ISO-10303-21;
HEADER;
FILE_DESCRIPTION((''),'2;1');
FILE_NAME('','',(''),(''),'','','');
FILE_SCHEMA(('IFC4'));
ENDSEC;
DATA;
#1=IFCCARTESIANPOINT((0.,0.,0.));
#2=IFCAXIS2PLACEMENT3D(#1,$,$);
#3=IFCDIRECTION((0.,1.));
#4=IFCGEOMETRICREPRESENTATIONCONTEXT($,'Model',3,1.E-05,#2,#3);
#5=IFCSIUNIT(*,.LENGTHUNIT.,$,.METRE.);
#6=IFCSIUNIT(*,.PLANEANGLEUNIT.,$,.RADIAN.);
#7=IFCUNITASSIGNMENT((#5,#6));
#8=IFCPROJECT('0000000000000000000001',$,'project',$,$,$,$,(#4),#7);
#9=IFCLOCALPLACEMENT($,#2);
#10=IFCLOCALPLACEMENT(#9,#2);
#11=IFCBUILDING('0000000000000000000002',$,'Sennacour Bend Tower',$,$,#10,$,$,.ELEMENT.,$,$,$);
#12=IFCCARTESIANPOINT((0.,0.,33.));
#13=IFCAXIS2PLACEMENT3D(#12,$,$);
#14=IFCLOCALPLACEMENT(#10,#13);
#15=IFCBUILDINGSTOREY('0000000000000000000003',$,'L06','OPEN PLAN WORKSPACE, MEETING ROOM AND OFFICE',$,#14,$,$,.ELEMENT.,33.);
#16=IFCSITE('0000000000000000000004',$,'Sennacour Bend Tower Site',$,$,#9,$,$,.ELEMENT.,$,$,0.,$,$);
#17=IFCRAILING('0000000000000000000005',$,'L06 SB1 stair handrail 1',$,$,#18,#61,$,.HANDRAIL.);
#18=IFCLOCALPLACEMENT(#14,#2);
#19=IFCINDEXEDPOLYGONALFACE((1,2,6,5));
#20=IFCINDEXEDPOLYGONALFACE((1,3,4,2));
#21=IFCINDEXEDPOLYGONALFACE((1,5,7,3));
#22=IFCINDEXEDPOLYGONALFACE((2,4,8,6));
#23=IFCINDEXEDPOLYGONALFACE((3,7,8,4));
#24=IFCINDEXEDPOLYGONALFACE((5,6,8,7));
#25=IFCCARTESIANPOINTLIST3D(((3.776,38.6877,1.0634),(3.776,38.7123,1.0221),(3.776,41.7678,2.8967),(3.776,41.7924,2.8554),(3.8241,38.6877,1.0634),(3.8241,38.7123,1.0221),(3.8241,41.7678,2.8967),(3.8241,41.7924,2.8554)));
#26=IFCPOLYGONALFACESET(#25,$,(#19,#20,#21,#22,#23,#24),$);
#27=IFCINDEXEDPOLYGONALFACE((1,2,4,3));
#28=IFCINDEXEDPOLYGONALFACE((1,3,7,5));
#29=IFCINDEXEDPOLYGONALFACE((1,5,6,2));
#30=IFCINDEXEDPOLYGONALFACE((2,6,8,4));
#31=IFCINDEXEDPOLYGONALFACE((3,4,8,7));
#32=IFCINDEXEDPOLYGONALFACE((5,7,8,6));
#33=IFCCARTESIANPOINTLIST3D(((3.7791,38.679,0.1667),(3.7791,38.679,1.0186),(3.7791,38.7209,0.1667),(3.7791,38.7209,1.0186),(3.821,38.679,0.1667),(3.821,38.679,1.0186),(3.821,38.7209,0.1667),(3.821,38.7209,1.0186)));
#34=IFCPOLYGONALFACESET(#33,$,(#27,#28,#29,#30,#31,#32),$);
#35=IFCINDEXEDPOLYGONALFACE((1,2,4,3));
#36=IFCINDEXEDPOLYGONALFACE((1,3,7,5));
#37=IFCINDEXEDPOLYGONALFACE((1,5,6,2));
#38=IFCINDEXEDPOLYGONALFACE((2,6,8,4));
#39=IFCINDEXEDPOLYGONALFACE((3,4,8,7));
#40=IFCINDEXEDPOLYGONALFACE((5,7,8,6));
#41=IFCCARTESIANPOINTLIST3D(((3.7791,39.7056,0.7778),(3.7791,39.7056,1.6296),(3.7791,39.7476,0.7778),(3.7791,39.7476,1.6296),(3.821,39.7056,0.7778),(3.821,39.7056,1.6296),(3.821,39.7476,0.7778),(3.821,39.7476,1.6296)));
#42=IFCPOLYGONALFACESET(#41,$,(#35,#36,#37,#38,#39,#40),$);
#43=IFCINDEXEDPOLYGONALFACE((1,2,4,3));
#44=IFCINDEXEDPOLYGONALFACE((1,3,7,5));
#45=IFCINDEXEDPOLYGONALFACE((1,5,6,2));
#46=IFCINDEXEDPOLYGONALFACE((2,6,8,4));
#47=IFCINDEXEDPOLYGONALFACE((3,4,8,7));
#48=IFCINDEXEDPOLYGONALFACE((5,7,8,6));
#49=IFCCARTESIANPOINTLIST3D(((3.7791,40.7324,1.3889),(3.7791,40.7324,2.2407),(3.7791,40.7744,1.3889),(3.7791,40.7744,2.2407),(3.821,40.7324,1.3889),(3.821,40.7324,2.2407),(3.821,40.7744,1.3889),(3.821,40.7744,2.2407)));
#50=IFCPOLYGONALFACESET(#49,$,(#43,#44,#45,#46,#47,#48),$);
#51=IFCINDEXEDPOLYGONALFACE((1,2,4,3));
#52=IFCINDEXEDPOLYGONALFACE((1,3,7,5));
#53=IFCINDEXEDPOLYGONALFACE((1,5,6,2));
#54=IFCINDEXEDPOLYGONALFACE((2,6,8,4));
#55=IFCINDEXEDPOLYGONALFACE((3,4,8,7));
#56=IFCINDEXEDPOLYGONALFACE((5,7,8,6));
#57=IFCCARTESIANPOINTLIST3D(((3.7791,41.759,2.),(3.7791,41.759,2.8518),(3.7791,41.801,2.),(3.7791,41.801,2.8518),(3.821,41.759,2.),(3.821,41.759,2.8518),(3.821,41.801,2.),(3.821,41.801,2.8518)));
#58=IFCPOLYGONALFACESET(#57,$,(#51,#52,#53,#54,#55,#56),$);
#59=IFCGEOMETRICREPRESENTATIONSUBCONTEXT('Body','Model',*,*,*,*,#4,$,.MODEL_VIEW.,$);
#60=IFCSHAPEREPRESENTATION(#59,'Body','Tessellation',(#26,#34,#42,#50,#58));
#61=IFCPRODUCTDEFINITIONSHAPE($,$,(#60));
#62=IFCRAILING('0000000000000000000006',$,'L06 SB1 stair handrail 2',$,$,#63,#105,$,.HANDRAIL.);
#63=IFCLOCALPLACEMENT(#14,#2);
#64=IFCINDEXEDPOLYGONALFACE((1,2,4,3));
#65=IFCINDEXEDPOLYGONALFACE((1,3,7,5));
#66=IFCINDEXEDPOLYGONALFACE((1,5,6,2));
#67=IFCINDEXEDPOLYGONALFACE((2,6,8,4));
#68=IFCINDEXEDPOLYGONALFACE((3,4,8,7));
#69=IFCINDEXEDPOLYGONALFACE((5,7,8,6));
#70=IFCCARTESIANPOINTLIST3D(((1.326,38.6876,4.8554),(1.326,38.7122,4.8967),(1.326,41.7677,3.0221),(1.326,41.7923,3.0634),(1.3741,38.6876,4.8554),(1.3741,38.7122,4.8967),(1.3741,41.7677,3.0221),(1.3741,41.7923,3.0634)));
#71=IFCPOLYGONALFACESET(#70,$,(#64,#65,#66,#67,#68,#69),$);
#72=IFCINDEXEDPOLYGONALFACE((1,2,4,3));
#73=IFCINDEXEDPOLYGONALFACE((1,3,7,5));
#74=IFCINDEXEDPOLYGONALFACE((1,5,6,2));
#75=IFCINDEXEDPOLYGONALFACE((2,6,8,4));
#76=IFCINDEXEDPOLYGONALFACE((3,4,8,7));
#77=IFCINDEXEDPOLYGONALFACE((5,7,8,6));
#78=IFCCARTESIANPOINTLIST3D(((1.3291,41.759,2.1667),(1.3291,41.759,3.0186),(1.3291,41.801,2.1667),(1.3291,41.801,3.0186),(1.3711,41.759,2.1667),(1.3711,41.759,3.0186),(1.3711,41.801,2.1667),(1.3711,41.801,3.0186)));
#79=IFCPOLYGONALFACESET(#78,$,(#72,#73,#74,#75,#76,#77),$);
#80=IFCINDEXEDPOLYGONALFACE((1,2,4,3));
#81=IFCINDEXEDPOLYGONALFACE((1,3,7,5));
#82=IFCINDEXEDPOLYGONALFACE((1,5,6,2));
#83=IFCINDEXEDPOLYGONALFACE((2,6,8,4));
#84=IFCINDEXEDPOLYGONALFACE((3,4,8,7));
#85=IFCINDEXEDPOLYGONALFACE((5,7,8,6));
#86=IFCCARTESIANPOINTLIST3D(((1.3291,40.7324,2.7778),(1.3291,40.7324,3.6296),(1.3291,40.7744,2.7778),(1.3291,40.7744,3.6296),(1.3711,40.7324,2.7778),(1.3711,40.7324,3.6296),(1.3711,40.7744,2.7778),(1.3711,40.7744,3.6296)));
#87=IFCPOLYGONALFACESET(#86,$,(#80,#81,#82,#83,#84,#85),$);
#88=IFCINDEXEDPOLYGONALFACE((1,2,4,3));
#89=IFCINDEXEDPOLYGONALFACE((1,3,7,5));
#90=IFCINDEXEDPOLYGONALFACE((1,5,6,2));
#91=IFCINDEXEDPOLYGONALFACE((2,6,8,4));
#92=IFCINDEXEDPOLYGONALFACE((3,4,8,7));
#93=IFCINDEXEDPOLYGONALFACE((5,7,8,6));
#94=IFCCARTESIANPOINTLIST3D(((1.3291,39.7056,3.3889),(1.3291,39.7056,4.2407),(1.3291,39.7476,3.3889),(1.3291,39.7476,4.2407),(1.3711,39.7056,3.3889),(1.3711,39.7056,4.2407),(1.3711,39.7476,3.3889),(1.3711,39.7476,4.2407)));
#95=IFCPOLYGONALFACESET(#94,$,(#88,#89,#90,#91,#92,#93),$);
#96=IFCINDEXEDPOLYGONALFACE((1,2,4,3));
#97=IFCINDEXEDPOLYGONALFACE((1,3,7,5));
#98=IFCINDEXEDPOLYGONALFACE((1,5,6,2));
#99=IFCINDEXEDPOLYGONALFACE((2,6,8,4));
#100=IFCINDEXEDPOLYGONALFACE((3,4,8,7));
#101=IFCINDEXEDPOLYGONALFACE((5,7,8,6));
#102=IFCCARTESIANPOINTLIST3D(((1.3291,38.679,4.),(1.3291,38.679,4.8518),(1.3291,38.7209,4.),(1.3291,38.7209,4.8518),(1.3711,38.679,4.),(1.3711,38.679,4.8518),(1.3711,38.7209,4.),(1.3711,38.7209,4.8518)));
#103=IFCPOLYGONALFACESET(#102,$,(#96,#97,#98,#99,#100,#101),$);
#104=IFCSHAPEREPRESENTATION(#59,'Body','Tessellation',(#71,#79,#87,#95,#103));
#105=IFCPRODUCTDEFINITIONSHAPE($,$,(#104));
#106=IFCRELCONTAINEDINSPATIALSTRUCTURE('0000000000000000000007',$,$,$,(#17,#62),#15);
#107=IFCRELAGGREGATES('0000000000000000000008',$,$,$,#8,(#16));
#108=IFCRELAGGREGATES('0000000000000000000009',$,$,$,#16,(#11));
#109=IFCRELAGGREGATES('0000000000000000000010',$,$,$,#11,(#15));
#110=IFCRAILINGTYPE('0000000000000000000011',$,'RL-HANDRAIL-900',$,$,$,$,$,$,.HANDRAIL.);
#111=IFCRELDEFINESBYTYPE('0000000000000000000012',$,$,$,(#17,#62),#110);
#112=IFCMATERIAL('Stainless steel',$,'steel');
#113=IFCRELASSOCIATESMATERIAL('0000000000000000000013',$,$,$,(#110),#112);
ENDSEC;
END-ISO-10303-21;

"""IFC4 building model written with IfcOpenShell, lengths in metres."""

from ifc_helpers import new_model, si_unit, direction, frame, origin, origin_2d, place, context, subcontext, project, spatial, rectangle, extrude, material, type_object, element, save


model = new_model("IFC4")

# Units and contexts
model_context = context("Model", 3, precision=1e-05, world=origin(), true_north=direction((0.0, 1.0)))
body_context = subcontext(model_context, "Body", "Model", "MODEL_VIEW")
ifc_project = project(units=[si_unit("LENGTHUNIT", "METRE"), si_unit("PLANEANGLEUNIT", "RADIAN")], contexts=[model_context])

# Site, building, storey
site_placement = place(None, origin())
site = spatial("IfcSite", under=ifc_project, at=site_placement, Name="Sennacour Bend Tower Site", CompositionType="ELEMENT", RefElevation=0.0)
building_placement = place(site_placement, origin())
building = spatial("IfcBuilding", under=site, at=building_placement, Name="Sennacour Bend Tower", CompositionType="ELEMENT")
storey_placement = place(building_placement, frame((0.0, 0.0, 33.0)))
storey = spatial("IfcBuildingStorey", under=building, at=storey_placement, Name="L06", Description="OPEN PLAN WORKSPACE, MEETING ROOM AND OFFICE", CompositionType="ELEMENT", Elevation=33.0)

# Shared definitions
ifc_material_1 = material(Name="Stainless steel", Category="steel")

# Railings
railing_type_1 = type_object("IfcRailingType", Name="RL-HANDRAIL-900", PredefinedType="HANDRAIL", material=ifc_material_1)
railing_1_placement = place(storey_placement, frame((3.8, 38.7, 0.1667)))
element("IfcRailing", 1, at=railing_1_placement, inside=storey, type_object=railing_type_1, Name="L06 SB1 stair handrail 1", PredefinedType="HANDRAIL", context=body_context, shape_type="SweptSolid", body=[
    extrude(rectangle(XDim=0.0481, YDim=0.0481, at=origin_2d()), frame((0.0, 0.0, 0.876), z_axis=(0.0, 0.859309, 0.511458), x_axis=(-1.0, 0.0, 0.0)), (0.0, 0.0, 1.0), 3.5845),
    extrude(rectangle(XDim=0.042, YDim=0.042, at=origin_2d()), origin(), (0.0, 0.0, 1.0), 0.8518),
    extrude(rectangle(XDim=0.042, YDim=0.042, at=origin_2d()), frame((0.0, 1.0266, 0.6111)), (0.0, 0.0, 1.0), 0.8518),
    extrude(rectangle(XDim=0.042, YDim=0.042, at=origin_2d()), frame((0.0, 2.0535, 1.2222)), (0.0, 0.0, 1.0), 0.8518),
    extrude(rectangle(XDim=0.042, YDim=0.042, at=origin_2d()), frame((0.0, 3.0801, 1.8333)), (0.0, 0.0, 1.0), 0.8518),
])
railing_2_placement = place(storey_placement, frame((1.3501, 41.78, 2.1667)))
element("IfcRailing", 2, at=railing_2_placement, inside=storey, type_object=railing_type_1, Name="L06 SB1 stair handrail 2", PredefinedType="HANDRAIL", context=body_context, shape_type="SweptSolid", body=[
    extrude(rectangle(XDim=0.0481, YDim=0.0481, at=origin_2d()), frame((0.0, 0.0, 0.876), z_axis=(0.0, -0.859309, 0.511458), x_axis=(1.0, 0.0, 0.0)), (0.0, 0.0, 1.0), 3.5845),
    extrude(rectangle(XDim=0.042, YDim=0.042, at=origin_2d()), origin(), (0.0, 0.0, 1.0), 0.8518),
    extrude(rectangle(XDim=0.042, YDim=0.042, at=origin_2d()), frame((0.0, -1.0266, 0.6111)), (0.0, 0.0, 1.0), 0.8518),
    extrude(rectangle(XDim=0.042, YDim=0.042, at=origin_2d()), frame((0.0, -2.0535, 1.2222)), (0.0, 0.0, 1.0), 0.8518),
    extrude(rectangle(XDim=0.042, YDim=0.042, at=origin_2d()), frame((0.0, -3.0801, 1.8333)), (0.0, 0.0, 1.0), 0.8518),
])

save(model, "model.ifc")
